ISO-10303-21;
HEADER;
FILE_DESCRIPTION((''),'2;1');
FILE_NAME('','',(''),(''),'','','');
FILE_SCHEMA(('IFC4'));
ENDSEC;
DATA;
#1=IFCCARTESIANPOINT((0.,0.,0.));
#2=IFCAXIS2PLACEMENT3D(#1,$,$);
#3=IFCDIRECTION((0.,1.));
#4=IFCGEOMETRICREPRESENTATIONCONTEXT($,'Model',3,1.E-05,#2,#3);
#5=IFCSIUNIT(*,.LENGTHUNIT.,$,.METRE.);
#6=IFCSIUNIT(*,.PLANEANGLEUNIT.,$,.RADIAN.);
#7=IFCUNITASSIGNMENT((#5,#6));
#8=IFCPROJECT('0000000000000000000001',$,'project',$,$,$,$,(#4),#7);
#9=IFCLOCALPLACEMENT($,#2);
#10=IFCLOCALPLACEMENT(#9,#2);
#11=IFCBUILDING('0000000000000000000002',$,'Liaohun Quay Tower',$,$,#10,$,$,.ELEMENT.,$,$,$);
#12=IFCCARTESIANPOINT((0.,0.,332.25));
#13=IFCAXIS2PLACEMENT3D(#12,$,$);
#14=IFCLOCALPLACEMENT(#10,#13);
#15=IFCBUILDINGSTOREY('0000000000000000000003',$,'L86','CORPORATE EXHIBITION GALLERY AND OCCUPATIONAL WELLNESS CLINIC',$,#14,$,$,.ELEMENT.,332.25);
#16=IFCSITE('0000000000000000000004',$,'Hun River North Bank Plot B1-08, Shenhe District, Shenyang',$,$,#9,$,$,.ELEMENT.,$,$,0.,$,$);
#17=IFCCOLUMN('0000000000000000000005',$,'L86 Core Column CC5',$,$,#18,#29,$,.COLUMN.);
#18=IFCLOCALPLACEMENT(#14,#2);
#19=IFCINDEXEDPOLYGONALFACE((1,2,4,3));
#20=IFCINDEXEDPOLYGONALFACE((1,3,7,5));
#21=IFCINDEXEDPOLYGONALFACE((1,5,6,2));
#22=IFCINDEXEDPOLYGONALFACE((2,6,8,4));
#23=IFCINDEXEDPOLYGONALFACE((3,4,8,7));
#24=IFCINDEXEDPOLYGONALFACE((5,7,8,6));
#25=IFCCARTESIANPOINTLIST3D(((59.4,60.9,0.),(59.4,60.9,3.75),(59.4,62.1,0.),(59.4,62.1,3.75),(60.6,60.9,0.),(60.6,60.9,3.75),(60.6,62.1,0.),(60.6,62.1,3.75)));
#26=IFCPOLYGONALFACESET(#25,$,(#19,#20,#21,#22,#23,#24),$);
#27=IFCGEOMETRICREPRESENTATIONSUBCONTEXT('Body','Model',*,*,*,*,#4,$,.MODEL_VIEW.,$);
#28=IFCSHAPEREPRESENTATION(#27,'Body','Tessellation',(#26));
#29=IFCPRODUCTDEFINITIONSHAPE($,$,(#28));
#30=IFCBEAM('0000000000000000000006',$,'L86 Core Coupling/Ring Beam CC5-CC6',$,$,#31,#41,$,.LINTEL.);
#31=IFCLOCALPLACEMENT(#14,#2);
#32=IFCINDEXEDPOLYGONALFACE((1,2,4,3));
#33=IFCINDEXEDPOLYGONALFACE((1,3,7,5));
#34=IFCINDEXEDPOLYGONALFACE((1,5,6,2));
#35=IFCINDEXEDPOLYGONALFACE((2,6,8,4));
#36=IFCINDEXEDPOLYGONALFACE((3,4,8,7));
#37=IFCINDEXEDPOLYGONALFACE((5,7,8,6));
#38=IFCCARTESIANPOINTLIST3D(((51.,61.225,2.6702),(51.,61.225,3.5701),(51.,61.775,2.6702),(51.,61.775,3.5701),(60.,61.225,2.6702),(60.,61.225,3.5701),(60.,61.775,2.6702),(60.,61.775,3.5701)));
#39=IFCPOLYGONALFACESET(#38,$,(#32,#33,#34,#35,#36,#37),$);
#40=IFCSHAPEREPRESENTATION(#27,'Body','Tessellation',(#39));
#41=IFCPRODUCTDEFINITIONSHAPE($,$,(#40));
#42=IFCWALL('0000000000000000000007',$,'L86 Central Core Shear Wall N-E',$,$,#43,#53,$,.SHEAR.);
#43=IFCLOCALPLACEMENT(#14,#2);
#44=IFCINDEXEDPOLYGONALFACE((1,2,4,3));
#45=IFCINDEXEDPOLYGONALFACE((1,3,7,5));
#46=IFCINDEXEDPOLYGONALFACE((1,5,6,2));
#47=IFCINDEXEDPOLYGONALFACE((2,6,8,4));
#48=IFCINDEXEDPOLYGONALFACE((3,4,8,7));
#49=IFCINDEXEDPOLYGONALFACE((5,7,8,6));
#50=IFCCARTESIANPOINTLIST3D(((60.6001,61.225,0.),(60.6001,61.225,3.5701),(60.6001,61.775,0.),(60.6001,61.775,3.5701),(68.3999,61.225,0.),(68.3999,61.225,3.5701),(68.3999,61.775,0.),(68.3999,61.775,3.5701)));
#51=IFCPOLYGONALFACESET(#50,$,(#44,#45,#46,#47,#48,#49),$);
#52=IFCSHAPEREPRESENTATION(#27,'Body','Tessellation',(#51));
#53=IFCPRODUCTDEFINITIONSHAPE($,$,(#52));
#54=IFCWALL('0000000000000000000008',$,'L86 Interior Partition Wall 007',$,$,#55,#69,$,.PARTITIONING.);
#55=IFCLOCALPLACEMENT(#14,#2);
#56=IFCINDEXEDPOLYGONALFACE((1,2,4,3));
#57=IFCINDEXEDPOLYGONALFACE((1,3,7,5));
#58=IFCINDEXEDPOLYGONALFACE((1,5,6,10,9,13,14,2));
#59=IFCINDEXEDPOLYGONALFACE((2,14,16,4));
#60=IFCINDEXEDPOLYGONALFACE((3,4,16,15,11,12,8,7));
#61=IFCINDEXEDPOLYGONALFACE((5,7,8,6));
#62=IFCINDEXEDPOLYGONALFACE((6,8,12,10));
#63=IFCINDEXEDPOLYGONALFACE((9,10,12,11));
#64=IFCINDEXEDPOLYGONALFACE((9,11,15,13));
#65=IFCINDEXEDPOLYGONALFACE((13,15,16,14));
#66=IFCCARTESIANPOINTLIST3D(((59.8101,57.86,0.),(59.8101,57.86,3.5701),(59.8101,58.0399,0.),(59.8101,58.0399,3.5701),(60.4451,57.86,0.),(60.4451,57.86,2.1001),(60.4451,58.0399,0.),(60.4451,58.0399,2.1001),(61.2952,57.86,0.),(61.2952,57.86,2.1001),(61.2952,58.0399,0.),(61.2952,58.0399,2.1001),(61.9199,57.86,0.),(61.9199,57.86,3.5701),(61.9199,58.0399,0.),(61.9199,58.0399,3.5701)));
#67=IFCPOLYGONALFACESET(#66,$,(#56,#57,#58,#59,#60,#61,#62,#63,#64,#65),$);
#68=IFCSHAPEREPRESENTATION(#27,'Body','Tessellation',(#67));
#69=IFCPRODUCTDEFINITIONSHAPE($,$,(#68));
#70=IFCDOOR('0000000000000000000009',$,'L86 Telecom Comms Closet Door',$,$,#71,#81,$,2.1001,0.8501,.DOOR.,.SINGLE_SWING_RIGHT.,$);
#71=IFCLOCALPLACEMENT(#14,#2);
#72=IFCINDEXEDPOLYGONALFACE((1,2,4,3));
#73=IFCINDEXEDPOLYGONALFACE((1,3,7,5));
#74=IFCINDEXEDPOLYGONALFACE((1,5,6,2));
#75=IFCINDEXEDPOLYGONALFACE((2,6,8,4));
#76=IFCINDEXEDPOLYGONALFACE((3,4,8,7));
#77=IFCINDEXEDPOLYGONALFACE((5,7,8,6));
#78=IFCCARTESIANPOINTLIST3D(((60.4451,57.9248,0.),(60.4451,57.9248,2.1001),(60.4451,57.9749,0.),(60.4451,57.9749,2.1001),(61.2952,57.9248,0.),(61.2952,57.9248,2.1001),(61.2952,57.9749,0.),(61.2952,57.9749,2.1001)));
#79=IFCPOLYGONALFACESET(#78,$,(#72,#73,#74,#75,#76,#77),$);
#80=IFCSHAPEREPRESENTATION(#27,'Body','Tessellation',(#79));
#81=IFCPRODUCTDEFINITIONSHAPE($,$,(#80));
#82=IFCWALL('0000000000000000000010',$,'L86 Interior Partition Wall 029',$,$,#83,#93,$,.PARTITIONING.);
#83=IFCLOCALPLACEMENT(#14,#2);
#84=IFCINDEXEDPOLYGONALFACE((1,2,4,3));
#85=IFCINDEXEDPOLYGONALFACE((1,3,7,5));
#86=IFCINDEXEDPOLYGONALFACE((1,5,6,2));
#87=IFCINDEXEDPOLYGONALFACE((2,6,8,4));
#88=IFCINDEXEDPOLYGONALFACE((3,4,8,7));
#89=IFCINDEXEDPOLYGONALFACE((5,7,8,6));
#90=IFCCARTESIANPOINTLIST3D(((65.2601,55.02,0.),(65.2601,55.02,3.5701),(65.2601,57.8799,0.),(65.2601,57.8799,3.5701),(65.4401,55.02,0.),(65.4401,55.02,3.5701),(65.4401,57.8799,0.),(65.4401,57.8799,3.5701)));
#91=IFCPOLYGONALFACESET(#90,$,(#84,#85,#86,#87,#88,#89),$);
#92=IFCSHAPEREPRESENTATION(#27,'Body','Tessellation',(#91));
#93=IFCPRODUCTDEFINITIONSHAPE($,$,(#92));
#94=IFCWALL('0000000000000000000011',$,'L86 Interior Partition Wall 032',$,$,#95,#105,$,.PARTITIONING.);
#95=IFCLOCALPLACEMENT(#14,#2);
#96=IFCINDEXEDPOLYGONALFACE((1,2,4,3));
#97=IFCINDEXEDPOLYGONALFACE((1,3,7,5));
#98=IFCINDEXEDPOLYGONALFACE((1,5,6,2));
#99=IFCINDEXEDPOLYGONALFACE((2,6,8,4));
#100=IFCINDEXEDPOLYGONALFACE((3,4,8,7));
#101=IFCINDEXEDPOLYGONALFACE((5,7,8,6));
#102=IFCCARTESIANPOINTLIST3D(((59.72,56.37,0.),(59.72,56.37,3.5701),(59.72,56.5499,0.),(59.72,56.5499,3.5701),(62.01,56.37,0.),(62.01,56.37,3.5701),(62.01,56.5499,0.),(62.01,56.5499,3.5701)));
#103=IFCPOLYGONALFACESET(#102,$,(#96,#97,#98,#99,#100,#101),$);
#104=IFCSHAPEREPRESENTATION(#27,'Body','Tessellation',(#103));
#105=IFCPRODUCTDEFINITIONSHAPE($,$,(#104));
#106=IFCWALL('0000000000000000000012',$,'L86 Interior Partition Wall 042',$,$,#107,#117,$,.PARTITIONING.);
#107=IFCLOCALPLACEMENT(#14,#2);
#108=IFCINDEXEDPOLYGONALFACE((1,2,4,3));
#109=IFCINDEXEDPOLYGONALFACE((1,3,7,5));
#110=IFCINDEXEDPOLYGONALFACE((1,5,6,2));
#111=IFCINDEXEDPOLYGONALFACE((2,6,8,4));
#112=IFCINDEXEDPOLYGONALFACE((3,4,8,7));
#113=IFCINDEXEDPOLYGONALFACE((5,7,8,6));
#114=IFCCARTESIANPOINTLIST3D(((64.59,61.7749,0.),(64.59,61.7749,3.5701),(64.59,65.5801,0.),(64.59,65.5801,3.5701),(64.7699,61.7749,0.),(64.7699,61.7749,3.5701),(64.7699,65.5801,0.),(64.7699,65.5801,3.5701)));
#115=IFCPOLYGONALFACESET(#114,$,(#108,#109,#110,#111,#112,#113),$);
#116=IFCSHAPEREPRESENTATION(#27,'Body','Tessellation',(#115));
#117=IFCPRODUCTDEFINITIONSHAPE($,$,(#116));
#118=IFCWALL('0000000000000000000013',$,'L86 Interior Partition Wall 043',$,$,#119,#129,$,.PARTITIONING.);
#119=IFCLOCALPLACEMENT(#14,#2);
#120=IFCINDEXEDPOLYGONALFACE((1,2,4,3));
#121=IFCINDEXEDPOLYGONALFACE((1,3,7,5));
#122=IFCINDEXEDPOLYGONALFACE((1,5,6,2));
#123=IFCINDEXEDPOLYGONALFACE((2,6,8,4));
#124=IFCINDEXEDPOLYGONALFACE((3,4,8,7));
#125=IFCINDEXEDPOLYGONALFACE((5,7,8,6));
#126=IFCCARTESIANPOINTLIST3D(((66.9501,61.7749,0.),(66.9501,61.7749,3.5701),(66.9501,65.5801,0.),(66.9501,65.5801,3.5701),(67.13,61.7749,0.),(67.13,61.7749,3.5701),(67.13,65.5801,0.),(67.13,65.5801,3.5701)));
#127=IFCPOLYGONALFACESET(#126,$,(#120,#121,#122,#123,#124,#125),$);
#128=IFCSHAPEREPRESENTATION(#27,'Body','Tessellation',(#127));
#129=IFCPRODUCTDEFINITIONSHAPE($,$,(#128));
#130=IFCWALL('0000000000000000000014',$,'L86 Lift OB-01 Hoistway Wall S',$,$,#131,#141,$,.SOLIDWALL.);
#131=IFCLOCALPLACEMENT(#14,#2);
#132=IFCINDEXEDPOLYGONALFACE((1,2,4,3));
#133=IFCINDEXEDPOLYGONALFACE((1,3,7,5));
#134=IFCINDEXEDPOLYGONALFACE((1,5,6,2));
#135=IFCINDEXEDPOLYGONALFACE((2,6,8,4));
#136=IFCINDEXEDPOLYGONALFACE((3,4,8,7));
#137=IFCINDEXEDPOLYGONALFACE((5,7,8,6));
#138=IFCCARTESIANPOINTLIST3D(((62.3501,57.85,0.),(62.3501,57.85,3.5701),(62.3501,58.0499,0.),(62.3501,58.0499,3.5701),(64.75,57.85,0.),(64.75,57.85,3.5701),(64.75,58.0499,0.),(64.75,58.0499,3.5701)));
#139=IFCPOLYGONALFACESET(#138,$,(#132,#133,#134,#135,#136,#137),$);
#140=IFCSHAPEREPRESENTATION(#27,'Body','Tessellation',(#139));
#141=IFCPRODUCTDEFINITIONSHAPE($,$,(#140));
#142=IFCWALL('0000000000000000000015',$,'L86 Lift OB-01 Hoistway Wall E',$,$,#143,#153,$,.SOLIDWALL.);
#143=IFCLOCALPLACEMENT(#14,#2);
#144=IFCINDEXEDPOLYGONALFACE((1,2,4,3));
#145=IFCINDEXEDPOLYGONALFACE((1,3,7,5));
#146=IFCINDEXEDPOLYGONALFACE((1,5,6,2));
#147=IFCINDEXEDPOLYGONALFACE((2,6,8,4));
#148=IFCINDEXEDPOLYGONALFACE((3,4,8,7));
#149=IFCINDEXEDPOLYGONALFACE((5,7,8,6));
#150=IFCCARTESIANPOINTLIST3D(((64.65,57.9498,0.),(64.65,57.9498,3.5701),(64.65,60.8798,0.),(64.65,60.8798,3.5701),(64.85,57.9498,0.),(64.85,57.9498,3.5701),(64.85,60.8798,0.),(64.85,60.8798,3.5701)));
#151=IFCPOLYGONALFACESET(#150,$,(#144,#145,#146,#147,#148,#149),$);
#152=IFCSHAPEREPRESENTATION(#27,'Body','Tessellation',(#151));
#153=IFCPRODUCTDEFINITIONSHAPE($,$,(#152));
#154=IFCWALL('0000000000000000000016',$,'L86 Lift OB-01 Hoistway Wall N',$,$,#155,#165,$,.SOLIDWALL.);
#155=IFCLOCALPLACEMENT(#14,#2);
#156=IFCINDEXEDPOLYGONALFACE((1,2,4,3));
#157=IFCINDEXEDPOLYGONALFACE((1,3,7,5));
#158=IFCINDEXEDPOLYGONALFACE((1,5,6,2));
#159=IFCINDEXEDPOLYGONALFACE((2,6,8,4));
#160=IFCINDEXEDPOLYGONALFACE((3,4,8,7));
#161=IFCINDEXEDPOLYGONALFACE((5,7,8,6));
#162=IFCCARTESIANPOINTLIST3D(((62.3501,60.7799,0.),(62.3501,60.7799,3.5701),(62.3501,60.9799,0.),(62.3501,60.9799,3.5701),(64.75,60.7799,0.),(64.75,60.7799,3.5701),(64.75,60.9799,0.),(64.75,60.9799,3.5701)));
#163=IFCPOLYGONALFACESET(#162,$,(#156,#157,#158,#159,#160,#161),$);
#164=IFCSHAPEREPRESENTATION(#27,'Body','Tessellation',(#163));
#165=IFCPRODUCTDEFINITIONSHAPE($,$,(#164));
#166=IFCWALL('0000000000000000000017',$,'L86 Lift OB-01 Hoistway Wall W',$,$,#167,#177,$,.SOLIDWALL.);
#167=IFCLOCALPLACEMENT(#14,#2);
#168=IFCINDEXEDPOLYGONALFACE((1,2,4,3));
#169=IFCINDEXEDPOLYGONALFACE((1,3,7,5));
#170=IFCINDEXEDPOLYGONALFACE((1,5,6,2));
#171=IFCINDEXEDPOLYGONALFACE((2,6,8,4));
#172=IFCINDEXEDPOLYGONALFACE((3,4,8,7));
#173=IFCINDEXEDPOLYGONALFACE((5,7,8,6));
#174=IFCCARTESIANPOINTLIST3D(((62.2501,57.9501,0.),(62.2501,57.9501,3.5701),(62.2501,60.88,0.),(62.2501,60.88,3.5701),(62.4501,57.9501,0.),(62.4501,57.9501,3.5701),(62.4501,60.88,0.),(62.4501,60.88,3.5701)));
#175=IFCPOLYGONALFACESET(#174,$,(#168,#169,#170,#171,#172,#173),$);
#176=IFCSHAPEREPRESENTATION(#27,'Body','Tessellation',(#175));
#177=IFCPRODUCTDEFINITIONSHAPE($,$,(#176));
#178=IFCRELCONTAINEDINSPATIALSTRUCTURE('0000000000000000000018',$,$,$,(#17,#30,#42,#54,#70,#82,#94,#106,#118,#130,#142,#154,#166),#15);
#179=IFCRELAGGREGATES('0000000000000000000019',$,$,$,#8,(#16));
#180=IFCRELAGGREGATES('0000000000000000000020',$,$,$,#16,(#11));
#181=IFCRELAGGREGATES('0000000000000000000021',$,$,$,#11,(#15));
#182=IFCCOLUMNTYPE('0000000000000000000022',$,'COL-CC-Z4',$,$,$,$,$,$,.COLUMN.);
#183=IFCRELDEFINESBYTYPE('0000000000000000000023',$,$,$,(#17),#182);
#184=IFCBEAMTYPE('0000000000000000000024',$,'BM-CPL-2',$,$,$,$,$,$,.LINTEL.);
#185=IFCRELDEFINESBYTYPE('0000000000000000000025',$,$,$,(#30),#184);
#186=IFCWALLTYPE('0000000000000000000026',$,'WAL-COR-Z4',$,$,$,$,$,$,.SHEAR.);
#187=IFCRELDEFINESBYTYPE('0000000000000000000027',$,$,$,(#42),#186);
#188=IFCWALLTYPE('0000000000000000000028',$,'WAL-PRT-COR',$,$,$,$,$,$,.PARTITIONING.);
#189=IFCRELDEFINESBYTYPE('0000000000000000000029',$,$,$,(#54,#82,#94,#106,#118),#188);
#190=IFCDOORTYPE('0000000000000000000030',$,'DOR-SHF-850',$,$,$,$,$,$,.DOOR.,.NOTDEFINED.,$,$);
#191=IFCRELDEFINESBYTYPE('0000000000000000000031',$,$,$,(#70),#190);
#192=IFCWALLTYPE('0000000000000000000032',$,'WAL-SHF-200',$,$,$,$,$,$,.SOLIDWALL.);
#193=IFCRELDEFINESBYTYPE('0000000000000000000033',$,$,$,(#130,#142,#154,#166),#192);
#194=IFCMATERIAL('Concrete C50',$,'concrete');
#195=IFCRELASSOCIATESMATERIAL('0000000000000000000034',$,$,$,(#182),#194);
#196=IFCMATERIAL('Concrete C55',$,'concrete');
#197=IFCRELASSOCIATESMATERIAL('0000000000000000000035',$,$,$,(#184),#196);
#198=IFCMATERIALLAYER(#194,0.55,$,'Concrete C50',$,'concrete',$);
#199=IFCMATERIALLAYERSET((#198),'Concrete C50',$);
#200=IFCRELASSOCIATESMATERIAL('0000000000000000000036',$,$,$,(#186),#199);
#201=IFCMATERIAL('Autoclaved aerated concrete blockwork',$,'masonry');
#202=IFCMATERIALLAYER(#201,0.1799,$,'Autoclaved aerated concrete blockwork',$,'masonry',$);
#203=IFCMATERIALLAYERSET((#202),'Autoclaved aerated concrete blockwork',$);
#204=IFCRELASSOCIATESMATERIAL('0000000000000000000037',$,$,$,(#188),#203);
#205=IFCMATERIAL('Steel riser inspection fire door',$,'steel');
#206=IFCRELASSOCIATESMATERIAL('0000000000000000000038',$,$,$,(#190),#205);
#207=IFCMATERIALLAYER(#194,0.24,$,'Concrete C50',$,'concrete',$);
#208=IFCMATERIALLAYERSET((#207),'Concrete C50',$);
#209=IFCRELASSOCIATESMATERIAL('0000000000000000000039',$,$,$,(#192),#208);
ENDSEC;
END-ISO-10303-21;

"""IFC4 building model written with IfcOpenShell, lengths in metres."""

from ifc_helpers import new_model, si_unit, direction, frame, frame_2d, origin, origin_2d, place, context, subcontext, project, spatial, rectangle, extrude, source, transform, mapped, material, layer, layer_set, material_profile, profile_set, type_object, element, fill, save


model = new_model("IFC4")

# Units and contexts
model_context = context("Model", 3, precision=1e-05, world=origin(), true_north=direction((0.0, 1.0)))
body_context = subcontext(model_context, "Body", "Model", "MODEL_VIEW")
ifc_project = project(units=[si_unit("LENGTHUNIT", "METRE"), si_unit("PLANEANGLEUNIT", "RADIAN")], contexts=[model_context])

# Site, building, storey
site_placement = place(None, origin())
site = spatial("IfcSite", under=ifc_project, at=site_placement, Name="Hun River North Bank Plot B1-08, Shenhe District, Shenyang", CompositionType="ELEMENT", RefElevation=0.0)
building_placement = place(site_placement, origin())
building = spatial("IfcBuilding", under=site, at=building_placement, Name="Liaohun Quay Tower", CompositionType="ELEMENT")
storey_placement = place(building_placement, frame((0.0, 0.0, 332.25)))
storey = spatial("IfcBuildingStorey", under=building, at=storey_placement, Name="L86", Description="CORPORATE EXHIBITION GALLERY AND OCCUPATIONAL WELLNESS CLINIC", CompositionType="ELEMENT", Elevation=332.25)

# Column
ifc_material_1 = material(Name="Concrete C50", Category="concrete")
ifc_material_profile_1 = material_profile(ifc_material_1, rectangle(XDim=1.2, YDim=1.2, at=origin_2d()), Name="RC1200x1200")
ifc_profile_set_1 = profile_set([ifc_material_profile_1], Name="Concrete C50")
column_type = type_object("IfcColumnType", Name="COL-CC-Z4", PredefinedType="COLUMN", material=ifc_profile_set_1)
shared_shape_1 = source(origin(), body_context, "Body", "SweptSolid", [
    extrude(rectangle(XDim=1.2, YDim=1.2, at=origin_2d()), origin(), (0.0, 0.0, 1.0), 3.75),
])
column_placement = place(storey_placement, frame((60.0, 61.5, 0.0), z_axis=(0.0, 0.0, 1.0), x_axis=(1.0, 0.0, 0.0)))
element("IfcColumn", 1, at=column_placement, inside=storey, type_object=column_type, Name="L86 Core Column CC5", PredefinedType="COLUMN", context=body_context, shape_type="MappedRepresentation", body=[
    mapped(shared_shape_1, transform((0.0, 0.0, 0.0), x_axis=(1.0, 0.0, 0.0), y_axis=(0.0, 1.0, 0.0), z_axis=(0.0, 0.0, 1.0), scale=1.0)),
])

# Beam
ifc_material_2 = material(Name="Concrete C55", Category="concrete")
ifc_material_profile_2 = material_profile(ifc_material_2, rectangle(XDim=0.55, YDim=0.8999, at=origin_2d()), Name="RC550x900")
ifc_profile_set_2 = profile_set([ifc_material_profile_2], Name="Concrete C55")
beam_type = type_object("IfcBeamType", Name="BM-CPL-2", PredefinedType="LINTEL", material=ifc_profile_set_2)
shared_shape_2 = source(origin(), body_context, "Body", "SweptSolid", [
    extrude(rectangle(XDim=0.55, YDim=0.8999, at=origin_2d()), origin(), (0.0, 0.0, 1.0), 9.0),
])
beam_placement = place(storey_placement, frame((60.0, 61.5, 3.1201), z_axis=(-1.0, 0.0, 0.0), x_axis=(0.0, -1.0, 0.0)))
element("IfcBeam", 2, at=beam_placement, inside=storey, type_object=beam_type, Name="L86 Core Coupling/Ring Beam CC5-CC6", PredefinedType="LINTEL", context=body_context, shape_type="MappedRepresentation", body=[
    mapped(shared_shape_2, transform((0.0, 0.0, 0.0), x_axis=(1.0, 0.0, 0.0), y_axis=(0.0, 1.0, 0.0), z_axis=(0.0, 0.0, 1.0), scale=1.0)),
])

# Wall
ifc_layer_1 = layer(ifc_material_1, 0.55, Name="Concrete C50", Category="concrete")
ifc_layer_set_1 = layer_set([ifc_layer_1], Name="Concrete C50")
wall_type_1 = type_object("IfcWallType", Name="WAL-COR-Z4", PredefinedType="SHEAR", material=ifc_layer_set_1)
wall_1_placement = place(storey_placement, frame((60.6001, 61.5, 0.0), z_axis=(0.0, 0.0, 1.0), x_axis=(1.0, 0.0, 0.0)))
element("IfcWall", 3, at=wall_1_placement, inside=storey, type_object=wall_type_1, Name="L86 Central Core Shear Wall N-E", PredefinedType="SHEAR", context=body_context, shape_type="SweptSolid", body=[
    extrude(rectangle(XDim=7.7998, YDim=0.55, at=frame_2d((3.8999, 0.0))), origin(), (0.0, 0.0, 1.0), 3.5701),
])

# Wall, opening, door
ifc_material_3 = material(Name="Autoclaved aerated concrete blockwork", Category="masonry")
ifc_layer_2 = layer(ifc_material_3, 0.1799, Name="Autoclaved aerated concrete blockwork", Category="masonry")
ifc_layer_set_2 = layer_set([ifc_layer_2], Name="Autoclaved aerated concrete blockwork")
wall_type_2 = type_object("IfcWallType", Name="WAL-PRT-COR", PredefinedType="PARTITIONING", material=ifc_layer_set_2)
wall_2_placement = place(storey_placement, frame((59.8101, 57.95, 0.0), z_axis=(0.0, 0.0, 1.0), x_axis=(1.0, 0.0, 0.0)))
wall_2 = element("IfcWall", 4, at=wall_2_placement, inside=storey, type_object=wall_type_2, Name="L86 Interior Partition Wall 007", PredefinedType="PARTITIONING", context=body_context, shape_type="SweptSolid", body=[
    extrude(rectangle(XDim=2.1099, YDim=0.1799, at=frame_2d((1.0549, 0.0))), origin(), (0.0, 0.0, 1.0), 3.5701),
])
shared_shape_3 = source(origin(), body_context, "Body", "SweptSolid", [
    extrude(rectangle(XDim=0.8501, YDim=2.1001, at=frame_2d((0.425, 1.05))), frame((0.0, 0.0999, 0.0), z_axis=(0.0, -1.0, 0.0), x_axis=(1.0, 0.0, 0.0)), (0.0, 0.0, 1.0), 0.2),
])
opening_placement = place(wall_2_placement, frame((0.635, 0.0, 0.0)))
opening = element("IfcOpeningElement", 5, at=opening_placement, cuts=wall_2, PredefinedType="OPENING", context=body_context, shape_type="MappedRepresentation", body=[
    mapped(shared_shape_3, transform((0.0, 0.0, 0.0), x_axis=(1.0, 0.0, 0.0), y_axis=(0.0, 1.0, 0.0), z_axis=(0.0, 0.0, 1.0), scale=1.0)),
])
ifc_material_4 = material(Name="Steel riser inspection fire door", Category="steel")
door_type = type_object("IfcDoorType", Name="DOR-SHF-850", OperationType="NOTDEFINED", PredefinedType="DOOR", material=ifc_material_4)
shared_shape_4 = source(origin(), body_context, "Body", "SweptSolid", [
    extrude(rectangle(XDim=0.8501, YDim=2.1001, at=frame_2d((0.425, 1.05))), frame((0.0, 0.0249, 0.0), z_axis=(0.0, -1.0, 0.0), x_axis=(1.0, 0.0, 0.0)), (0.0, 0.0, 1.0), 0.05),
])
door_placement = place(opening_placement, origin())
door = element("IfcDoor", 6, at=door_placement, inside=storey, type_object=door_type, Name="L86 Telecom Comms Closet Door", OperationType="SINGLE_SWING_RIGHT", OverallHeight=2.1001, OverallWidth=0.8501, PredefinedType="DOOR", context=body_context, shape_type="MappedRepresentation", body=[
    mapped(shared_shape_4, transform((0.0, 0.0, 0.0), x_axis=(1.0, 0.0, 0.0), y_axis=(0.0, 1.0, 0.0), z_axis=(0.0, 0.0, 1.0), scale=1.0)),
])
fill(opening, door)

# Walls
wall_3_placement = place(storey_placement, frame((65.3501, 55.02, 0.0), z_axis=(0.0, 0.0, 1.0), x_axis=(0.0, 1.0, 0.0)))
element("IfcWall", 7, at=wall_3_placement, inside=storey, type_object=wall_type_2, Name="L86 Interior Partition Wall 029", PredefinedType="PARTITIONING", context=body_context, shape_type="SweptSolid", body=[
    extrude(rectangle(XDim=2.8599, YDim=0.1799, at=frame_2d((1.4299, 0.0))), origin(), (0.0, 0.0, 1.0), 3.5701),
])
wall_4_placement = place(storey_placement, frame((59.72, 56.46, 0.0), z_axis=(0.0, 0.0, 1.0), x_axis=(1.0, 0.0, 0.0)))
element("IfcWall", 8, at=wall_4_placement, inside=storey, type_object=wall_type_2, Name="L86 Interior Partition Wall 032", PredefinedType="PARTITIONING", context=body_context, shape_type="SweptSolid", body=[
    extrude(rectangle(XDim=2.29, YDim=0.1799, at=frame_2d((1.145, 0.0))), origin(), (0.0, 0.0, 1.0), 3.5701),
])
for number, where, z_axis, x_axis, name in (
    (9, (64.6799, 61.7749, 0.0), (0.0, 0.0, 1.0), (0.0, 1.0, 0.0), "L86 Interior Partition Wall 042"),
    (10, (67.04, 61.7749, 0.0), (0.0, 0.0, 1.0), (0.0, 1.0, 0.0), "L86 Interior Partition Wall 043"),
):
    element("IfcWall", number, at=place(storey_placement, frame(where, z_axis=z_axis, x_axis=x_axis)), inside=storey, type_object=wall_type_2, Name=name, PredefinedType="PARTITIONING", context=body_context, shape_type="SweptSolid", body=[
        extrude(rectangle(XDim=3.8052, YDim=0.1799, at=frame_2d((1.9026, 0.0))), origin(), (0.0, 0.0, 1.0), 3.5701),
    ])
ifc_layer_3 = layer(ifc_material_1, 0.24, Name="Concrete C50", Category="concrete")
ifc_layer_set_3 = layer_set([ifc_layer_3], Name="Concrete C50")
wall_type_3 = type_object("IfcWallType", Name="WAL-SHF-200", PredefinedType="SOLIDWALL", material=ifc_layer_set_3)
wall_5_placement = place(storey_placement, frame((62.3501, 57.95, 0.0), z_axis=(0.0, 0.0, 1.0), x_axis=(1.0, 0.0, 0.0)))
element("IfcWall", 11, at=wall_5_placement, inside=storey, type_object=wall_type_3, Name="L86 Lift OB-01 Hoistway Wall S", PredefinedType="SOLIDWALL", context=body_context, shape_type="SweptSolid", body=[
    extrude(rectangle(XDim=2.3999, YDim=0.2, at=frame_2d((1.2, 0.0))), origin(), (0.0, 0.0, 1.0), 3.5701),
])
wall_6_placement = place(storey_placement, frame((64.75, 57.95, 0.0), z_axis=(0.0, 0.0, 1.0), x_axis=(0.0, 1.0, 0.0)))
element("IfcWall", 12, at=wall_6_placement, inside=storey, type_object=wall_type_3, Name="L86 Lift OB-01 Hoistway Wall E", PredefinedType="SOLIDWALL", context=body_context, shape_type="SweptSolid", body=[
    extrude(rectangle(XDim=2.9299, YDim=0.2, at=frame_2d((1.4648, 0.0))), origin(), (0.0, 0.0, 1.0), 3.5701),
])
wall_7_placement = place(storey_placement, frame((64.75, 60.8799, 0.0), z_axis=(0.0, 0.0, 1.0), x_axis=(-1.0, 0.0, 0.0)))
element("IfcWall", 13, at=wall_7_placement, inside=storey, type_object=wall_type_3, Name="L86 Lift OB-01 Hoistway Wall N", PredefinedType="SOLIDWALL", context=body_context, shape_type="SweptSolid", body=[
    extrude(rectangle(XDim=2.3999, YDim=0.2, at=frame_2d((1.2, 0.0))), origin(), (0.0, 0.0, 1.0), 3.5701),
])
wall_8_placement = place(storey_placement, frame((62.3501, 60.8799, 0.0), z_axis=(0.0, 0.0, 1.0), x_axis=(0.0, -1.0, 0.0)))
element("IfcWall", 14, at=wall_8_placement, inside=storey, type_object=wall_type_3, Name="L86 Lift OB-01 Hoistway Wall W", PredefinedType="SOLIDWALL", context=body_context, shape_type="SweptSolid", body=[
    extrude(rectangle(XDim=2.9299, YDim=0.2, at=frame_2d((1.4648, 0.0))), origin(), (0.0, 0.0, 1.0), 3.5701),
])

save(model, "model.ifc")
